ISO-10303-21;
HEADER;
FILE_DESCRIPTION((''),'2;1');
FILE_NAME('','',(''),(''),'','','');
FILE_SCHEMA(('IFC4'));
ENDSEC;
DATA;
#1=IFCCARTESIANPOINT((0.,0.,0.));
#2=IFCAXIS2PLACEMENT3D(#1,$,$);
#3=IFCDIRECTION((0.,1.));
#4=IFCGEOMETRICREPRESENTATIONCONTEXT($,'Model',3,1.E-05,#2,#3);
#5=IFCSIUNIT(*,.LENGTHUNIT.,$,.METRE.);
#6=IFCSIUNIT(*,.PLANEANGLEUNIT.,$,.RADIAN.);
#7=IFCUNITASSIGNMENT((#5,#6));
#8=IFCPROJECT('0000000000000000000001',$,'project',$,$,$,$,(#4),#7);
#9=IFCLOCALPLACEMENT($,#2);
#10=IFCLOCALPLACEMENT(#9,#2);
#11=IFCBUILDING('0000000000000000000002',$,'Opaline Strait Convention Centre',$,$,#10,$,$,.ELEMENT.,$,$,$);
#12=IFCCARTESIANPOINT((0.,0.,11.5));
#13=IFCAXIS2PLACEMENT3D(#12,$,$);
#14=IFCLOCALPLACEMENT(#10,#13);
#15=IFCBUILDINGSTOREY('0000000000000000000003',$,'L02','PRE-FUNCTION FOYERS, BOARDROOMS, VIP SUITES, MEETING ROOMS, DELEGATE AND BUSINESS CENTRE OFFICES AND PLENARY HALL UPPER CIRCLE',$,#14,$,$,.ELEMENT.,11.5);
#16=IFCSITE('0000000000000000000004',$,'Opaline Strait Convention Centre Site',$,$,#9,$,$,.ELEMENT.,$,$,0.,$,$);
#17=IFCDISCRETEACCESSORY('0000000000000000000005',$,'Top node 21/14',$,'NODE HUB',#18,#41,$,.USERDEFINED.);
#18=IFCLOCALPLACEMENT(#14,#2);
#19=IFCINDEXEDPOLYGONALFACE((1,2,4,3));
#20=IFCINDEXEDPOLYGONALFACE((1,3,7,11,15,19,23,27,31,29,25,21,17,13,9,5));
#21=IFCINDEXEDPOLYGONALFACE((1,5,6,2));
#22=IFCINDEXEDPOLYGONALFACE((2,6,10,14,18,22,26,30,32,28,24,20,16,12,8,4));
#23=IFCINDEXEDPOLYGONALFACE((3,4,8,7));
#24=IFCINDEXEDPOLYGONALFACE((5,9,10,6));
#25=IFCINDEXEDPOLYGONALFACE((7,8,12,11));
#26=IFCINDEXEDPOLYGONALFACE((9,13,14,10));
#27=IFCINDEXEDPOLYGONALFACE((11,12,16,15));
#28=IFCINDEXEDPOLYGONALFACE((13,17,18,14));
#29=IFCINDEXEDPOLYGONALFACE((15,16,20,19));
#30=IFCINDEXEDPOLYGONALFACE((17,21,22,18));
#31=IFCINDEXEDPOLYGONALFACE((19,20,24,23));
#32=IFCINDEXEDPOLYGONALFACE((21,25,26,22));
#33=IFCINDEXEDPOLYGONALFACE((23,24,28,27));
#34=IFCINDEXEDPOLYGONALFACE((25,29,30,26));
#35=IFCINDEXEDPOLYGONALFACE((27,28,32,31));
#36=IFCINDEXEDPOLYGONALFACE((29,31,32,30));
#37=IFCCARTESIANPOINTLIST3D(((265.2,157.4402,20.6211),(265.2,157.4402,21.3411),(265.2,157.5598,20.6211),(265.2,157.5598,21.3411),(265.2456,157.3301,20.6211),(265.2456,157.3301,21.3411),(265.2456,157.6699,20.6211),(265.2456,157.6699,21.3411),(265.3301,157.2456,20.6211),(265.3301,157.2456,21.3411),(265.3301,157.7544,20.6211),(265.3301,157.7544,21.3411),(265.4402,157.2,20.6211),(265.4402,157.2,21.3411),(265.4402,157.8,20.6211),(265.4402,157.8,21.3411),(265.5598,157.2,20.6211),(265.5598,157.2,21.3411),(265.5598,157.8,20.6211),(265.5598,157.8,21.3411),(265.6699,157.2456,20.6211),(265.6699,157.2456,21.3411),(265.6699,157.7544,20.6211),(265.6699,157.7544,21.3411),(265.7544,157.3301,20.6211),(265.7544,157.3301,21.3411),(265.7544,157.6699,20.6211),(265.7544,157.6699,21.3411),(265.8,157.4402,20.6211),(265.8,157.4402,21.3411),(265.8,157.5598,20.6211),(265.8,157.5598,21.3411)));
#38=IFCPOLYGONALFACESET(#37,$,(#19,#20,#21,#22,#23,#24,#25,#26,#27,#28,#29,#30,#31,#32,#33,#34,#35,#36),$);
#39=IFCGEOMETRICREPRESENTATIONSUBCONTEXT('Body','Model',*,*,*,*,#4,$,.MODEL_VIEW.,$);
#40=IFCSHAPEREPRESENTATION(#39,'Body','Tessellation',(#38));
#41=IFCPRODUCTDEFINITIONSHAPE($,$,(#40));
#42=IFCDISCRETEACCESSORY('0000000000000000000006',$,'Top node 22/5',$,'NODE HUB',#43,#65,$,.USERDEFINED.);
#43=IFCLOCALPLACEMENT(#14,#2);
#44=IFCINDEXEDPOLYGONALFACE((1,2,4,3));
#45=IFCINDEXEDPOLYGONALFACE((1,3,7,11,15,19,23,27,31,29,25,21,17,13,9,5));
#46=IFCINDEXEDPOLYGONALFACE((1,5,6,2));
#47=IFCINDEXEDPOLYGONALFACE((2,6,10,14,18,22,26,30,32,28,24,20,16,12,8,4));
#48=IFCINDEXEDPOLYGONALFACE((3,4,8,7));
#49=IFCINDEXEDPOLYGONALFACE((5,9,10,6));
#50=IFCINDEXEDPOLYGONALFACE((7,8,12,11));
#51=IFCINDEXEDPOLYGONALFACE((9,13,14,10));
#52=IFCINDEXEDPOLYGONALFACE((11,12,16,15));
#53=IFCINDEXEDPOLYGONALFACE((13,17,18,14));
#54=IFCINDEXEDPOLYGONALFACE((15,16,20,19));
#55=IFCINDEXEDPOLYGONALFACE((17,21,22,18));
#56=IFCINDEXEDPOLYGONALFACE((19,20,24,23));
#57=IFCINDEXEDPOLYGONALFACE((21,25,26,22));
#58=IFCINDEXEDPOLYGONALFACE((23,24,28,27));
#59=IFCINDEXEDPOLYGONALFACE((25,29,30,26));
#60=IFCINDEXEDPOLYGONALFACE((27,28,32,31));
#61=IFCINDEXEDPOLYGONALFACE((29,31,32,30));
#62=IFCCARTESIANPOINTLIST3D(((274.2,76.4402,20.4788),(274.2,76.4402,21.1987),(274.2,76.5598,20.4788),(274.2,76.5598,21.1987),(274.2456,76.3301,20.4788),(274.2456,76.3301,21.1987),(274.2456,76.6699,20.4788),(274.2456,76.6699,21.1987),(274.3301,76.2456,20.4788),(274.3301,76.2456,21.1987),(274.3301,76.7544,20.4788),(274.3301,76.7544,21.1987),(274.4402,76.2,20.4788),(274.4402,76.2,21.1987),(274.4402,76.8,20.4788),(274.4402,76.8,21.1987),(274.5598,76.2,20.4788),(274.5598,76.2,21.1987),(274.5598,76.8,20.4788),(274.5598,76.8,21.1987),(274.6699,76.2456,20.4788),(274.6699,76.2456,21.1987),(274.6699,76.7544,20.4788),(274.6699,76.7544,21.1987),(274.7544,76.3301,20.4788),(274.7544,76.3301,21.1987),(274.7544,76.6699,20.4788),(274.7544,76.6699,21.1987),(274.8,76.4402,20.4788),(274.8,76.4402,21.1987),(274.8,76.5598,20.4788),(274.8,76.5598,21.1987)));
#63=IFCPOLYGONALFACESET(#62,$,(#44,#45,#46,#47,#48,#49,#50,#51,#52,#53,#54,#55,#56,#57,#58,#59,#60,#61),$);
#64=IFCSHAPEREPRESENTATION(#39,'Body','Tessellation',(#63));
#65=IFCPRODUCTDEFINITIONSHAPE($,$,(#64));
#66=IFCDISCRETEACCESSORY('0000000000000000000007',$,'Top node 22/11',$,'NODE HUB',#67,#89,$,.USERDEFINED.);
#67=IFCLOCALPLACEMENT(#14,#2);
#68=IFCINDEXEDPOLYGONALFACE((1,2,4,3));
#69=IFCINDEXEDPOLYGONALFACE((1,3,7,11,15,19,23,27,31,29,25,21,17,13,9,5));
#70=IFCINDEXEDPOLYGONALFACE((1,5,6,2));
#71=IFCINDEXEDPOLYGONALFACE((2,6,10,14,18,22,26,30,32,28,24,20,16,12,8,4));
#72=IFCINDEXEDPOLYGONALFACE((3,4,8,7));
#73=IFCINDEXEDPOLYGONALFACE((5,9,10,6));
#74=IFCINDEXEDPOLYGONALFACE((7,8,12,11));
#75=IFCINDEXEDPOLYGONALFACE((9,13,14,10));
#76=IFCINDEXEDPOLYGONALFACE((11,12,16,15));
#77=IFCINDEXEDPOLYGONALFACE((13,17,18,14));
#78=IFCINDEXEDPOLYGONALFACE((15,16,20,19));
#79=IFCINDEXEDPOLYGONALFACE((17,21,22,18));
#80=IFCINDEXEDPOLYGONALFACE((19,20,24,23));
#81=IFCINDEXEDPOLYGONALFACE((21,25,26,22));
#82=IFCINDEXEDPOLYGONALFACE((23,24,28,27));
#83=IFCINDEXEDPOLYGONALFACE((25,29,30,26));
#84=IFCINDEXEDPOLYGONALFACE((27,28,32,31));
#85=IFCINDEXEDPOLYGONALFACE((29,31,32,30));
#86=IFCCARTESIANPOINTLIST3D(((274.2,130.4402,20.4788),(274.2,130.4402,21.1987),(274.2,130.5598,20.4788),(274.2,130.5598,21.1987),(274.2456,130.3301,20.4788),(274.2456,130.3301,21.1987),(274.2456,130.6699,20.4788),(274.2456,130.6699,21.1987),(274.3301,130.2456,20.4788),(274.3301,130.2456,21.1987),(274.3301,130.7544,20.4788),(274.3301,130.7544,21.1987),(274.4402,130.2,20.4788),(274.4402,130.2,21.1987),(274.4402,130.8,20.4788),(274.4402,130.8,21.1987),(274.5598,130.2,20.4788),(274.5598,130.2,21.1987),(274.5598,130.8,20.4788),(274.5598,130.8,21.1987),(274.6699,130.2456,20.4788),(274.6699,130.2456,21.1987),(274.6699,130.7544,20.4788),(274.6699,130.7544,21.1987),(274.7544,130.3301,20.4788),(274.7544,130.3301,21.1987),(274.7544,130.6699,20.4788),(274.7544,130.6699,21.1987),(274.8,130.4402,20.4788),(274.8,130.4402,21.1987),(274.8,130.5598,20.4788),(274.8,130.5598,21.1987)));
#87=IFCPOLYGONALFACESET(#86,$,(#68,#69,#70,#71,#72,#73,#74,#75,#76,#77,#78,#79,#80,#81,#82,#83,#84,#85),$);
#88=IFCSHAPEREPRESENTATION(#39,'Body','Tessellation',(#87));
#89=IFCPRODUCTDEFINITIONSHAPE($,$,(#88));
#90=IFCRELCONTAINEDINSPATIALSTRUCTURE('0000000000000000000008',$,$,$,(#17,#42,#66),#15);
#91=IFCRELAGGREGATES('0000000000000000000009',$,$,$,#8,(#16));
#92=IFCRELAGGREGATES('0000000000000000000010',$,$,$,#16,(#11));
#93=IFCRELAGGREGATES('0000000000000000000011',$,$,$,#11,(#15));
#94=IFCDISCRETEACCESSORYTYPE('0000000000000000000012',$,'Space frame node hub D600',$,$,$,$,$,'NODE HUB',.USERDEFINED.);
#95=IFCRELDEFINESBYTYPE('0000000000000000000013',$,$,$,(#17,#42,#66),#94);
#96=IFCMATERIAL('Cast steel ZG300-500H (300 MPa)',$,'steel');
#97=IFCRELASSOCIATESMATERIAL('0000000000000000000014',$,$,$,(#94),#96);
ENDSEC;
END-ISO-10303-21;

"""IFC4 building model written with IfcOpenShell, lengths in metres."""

from ifc_helpers import new_model, si_unit, direction, frame, origin, place, context, subcontext, project, spatial, polyline, outline, extrude, material, type_object, element, save


model = new_model("IFC4")

# Units and contexts
model_context = context("Model", 3, precision=1e-05, world=origin(), true_north=direction((0.0, 1.0)))
body_context = subcontext(model_context, "Body", "Model", "MODEL_VIEW")
ifc_project = project(units=[si_unit("LENGTHUNIT", "METRE"), si_unit("PLANEANGLEUNIT", "RADIAN")], contexts=[model_context])

# Site, building, storey
site_placement = place(None, origin())
site = spatial("IfcSite", under=ifc_project, at=site_placement, Name="Opaline Strait Convention Centre Site", CompositionType="ELEMENT", RefElevation=0.0)
building_placement = place(site_placement, origin())
building = spatial("IfcBuilding", under=site, at=building_placement, Name="Opaline Strait Convention Centre", CompositionType="ELEMENT")
storey_placement = place(building_placement, frame((0.0, 0.0, 11.5)))
storey = spatial("IfcBuildingStorey", under=building, at=storey_placement, Name="L02", Description="PRE-FUNCTION FOYERS, BOARDROOMS, VIP SUITES, MEETING ROOMS, DELEGATE AND BUSINESS CENTRE OFFICES AND PLENARY HALL UPPER CIRCLE", CompositionType="ELEMENT", Elevation=11.5)

# Discrete accessories
ifc_material = material(Name="Cast steel ZG300-500H (300 MPa)", Category="steel")
discrete_accessory_type_1 = type_object("IfcDiscreteAccessoryType", Name="Space frame node hub D600", ElementType="NODE HUB", PredefinedType="USERDEFINED", material=ifc_material)
discrete_accessory_1_placement = place(storey_placement, frame((0.0, 0.0, 20.6211)))
element("IfcDiscreteAccessory", 1, at=discrete_accessory_1_placement, inside=storey, type_object=discrete_accessory_type_1, Name="Top node 21/14", ObjectType="NODE HUB", PredefinedType="USERDEFINED", context=body_context, shape_type="SweptSolid", body=[
    extrude(outline(polyline([(265.8, 157.5598), (265.7544, 157.6699), (265.6699, 157.7544), (265.5598, 157.8), (265.4402, 157.8), (265.3301, 157.7544), (265.2456, 157.6699), (265.2, 157.5598), (265.2, 157.4402), (265.2456, 157.3301), (265.3301, 157.2456), (265.4402, 157.2), (265.5598, 157.2), (265.6699, 157.2456), (265.7544, 157.3301), (265.8, 157.4402), (265.8, 157.5598)])), origin(), (0.0, 0.0, 1.0), 0.72),
])
discrete_accessory_2_placement = place(storey_placement, frame((0.0, 0.0, 20.4788)))
element("IfcDiscreteAccessory", 2, at=discrete_accessory_2_placement, inside=storey, type_object=discrete_accessory_type_1, Name="Top node 22/5", ObjectType="NODE HUB", PredefinedType="USERDEFINED", context=body_context, shape_type="SweptSolid", body=[
    extrude(outline(polyline([(274.8, 76.5598), (274.7544, 76.6699), (274.6699, 76.7544), (274.5598, 76.8), (274.4402, 76.8), (274.3301, 76.7544), (274.2456, 76.6699), (274.2, 76.5598), (274.2, 76.4402), (274.2456, 76.3301), (274.3301, 76.2456), (274.4402, 76.2), (274.5598, 76.2), (274.6699, 76.2456), (274.7544, 76.3301), (274.8, 76.4402), (274.8, 76.5598)])), origin(), (0.0, 0.0, 1.0), 0.72),
])
discrete_accessory_3_placement = place(storey_placement, frame((0.0, 0.0, 20.4788)))
element("IfcDiscreteAccessory", 3, at=discrete_accessory_3_placement, inside=storey, type_object=discrete_accessory_type_1, Name="Top node 22/11", ObjectType="NODE HUB", PredefinedType="USERDEFINED", context=body_context, shape_type="SweptSolid", body=[
    extrude(outline(polyline([(274.8, 130.5598), (274.7544, 130.6699), (274.6699, 130.7544), (274.5598, 130.8), (274.4402, 130.8), (274.3301, 130.7544), (274.2456, 130.6699), (274.2, 130.5598), (274.2, 130.4402), (274.2456, 130.3301), (274.3301, 130.2456), (274.4402, 130.2), (274.5598, 130.2), (274.6699, 130.2456), (274.7544, 130.3301), (274.8, 130.4402), (274.8, 130.5598)])), origin(), (0.0, 0.0, 1.0), 0.72),
])

save(model, "model.ifc")
